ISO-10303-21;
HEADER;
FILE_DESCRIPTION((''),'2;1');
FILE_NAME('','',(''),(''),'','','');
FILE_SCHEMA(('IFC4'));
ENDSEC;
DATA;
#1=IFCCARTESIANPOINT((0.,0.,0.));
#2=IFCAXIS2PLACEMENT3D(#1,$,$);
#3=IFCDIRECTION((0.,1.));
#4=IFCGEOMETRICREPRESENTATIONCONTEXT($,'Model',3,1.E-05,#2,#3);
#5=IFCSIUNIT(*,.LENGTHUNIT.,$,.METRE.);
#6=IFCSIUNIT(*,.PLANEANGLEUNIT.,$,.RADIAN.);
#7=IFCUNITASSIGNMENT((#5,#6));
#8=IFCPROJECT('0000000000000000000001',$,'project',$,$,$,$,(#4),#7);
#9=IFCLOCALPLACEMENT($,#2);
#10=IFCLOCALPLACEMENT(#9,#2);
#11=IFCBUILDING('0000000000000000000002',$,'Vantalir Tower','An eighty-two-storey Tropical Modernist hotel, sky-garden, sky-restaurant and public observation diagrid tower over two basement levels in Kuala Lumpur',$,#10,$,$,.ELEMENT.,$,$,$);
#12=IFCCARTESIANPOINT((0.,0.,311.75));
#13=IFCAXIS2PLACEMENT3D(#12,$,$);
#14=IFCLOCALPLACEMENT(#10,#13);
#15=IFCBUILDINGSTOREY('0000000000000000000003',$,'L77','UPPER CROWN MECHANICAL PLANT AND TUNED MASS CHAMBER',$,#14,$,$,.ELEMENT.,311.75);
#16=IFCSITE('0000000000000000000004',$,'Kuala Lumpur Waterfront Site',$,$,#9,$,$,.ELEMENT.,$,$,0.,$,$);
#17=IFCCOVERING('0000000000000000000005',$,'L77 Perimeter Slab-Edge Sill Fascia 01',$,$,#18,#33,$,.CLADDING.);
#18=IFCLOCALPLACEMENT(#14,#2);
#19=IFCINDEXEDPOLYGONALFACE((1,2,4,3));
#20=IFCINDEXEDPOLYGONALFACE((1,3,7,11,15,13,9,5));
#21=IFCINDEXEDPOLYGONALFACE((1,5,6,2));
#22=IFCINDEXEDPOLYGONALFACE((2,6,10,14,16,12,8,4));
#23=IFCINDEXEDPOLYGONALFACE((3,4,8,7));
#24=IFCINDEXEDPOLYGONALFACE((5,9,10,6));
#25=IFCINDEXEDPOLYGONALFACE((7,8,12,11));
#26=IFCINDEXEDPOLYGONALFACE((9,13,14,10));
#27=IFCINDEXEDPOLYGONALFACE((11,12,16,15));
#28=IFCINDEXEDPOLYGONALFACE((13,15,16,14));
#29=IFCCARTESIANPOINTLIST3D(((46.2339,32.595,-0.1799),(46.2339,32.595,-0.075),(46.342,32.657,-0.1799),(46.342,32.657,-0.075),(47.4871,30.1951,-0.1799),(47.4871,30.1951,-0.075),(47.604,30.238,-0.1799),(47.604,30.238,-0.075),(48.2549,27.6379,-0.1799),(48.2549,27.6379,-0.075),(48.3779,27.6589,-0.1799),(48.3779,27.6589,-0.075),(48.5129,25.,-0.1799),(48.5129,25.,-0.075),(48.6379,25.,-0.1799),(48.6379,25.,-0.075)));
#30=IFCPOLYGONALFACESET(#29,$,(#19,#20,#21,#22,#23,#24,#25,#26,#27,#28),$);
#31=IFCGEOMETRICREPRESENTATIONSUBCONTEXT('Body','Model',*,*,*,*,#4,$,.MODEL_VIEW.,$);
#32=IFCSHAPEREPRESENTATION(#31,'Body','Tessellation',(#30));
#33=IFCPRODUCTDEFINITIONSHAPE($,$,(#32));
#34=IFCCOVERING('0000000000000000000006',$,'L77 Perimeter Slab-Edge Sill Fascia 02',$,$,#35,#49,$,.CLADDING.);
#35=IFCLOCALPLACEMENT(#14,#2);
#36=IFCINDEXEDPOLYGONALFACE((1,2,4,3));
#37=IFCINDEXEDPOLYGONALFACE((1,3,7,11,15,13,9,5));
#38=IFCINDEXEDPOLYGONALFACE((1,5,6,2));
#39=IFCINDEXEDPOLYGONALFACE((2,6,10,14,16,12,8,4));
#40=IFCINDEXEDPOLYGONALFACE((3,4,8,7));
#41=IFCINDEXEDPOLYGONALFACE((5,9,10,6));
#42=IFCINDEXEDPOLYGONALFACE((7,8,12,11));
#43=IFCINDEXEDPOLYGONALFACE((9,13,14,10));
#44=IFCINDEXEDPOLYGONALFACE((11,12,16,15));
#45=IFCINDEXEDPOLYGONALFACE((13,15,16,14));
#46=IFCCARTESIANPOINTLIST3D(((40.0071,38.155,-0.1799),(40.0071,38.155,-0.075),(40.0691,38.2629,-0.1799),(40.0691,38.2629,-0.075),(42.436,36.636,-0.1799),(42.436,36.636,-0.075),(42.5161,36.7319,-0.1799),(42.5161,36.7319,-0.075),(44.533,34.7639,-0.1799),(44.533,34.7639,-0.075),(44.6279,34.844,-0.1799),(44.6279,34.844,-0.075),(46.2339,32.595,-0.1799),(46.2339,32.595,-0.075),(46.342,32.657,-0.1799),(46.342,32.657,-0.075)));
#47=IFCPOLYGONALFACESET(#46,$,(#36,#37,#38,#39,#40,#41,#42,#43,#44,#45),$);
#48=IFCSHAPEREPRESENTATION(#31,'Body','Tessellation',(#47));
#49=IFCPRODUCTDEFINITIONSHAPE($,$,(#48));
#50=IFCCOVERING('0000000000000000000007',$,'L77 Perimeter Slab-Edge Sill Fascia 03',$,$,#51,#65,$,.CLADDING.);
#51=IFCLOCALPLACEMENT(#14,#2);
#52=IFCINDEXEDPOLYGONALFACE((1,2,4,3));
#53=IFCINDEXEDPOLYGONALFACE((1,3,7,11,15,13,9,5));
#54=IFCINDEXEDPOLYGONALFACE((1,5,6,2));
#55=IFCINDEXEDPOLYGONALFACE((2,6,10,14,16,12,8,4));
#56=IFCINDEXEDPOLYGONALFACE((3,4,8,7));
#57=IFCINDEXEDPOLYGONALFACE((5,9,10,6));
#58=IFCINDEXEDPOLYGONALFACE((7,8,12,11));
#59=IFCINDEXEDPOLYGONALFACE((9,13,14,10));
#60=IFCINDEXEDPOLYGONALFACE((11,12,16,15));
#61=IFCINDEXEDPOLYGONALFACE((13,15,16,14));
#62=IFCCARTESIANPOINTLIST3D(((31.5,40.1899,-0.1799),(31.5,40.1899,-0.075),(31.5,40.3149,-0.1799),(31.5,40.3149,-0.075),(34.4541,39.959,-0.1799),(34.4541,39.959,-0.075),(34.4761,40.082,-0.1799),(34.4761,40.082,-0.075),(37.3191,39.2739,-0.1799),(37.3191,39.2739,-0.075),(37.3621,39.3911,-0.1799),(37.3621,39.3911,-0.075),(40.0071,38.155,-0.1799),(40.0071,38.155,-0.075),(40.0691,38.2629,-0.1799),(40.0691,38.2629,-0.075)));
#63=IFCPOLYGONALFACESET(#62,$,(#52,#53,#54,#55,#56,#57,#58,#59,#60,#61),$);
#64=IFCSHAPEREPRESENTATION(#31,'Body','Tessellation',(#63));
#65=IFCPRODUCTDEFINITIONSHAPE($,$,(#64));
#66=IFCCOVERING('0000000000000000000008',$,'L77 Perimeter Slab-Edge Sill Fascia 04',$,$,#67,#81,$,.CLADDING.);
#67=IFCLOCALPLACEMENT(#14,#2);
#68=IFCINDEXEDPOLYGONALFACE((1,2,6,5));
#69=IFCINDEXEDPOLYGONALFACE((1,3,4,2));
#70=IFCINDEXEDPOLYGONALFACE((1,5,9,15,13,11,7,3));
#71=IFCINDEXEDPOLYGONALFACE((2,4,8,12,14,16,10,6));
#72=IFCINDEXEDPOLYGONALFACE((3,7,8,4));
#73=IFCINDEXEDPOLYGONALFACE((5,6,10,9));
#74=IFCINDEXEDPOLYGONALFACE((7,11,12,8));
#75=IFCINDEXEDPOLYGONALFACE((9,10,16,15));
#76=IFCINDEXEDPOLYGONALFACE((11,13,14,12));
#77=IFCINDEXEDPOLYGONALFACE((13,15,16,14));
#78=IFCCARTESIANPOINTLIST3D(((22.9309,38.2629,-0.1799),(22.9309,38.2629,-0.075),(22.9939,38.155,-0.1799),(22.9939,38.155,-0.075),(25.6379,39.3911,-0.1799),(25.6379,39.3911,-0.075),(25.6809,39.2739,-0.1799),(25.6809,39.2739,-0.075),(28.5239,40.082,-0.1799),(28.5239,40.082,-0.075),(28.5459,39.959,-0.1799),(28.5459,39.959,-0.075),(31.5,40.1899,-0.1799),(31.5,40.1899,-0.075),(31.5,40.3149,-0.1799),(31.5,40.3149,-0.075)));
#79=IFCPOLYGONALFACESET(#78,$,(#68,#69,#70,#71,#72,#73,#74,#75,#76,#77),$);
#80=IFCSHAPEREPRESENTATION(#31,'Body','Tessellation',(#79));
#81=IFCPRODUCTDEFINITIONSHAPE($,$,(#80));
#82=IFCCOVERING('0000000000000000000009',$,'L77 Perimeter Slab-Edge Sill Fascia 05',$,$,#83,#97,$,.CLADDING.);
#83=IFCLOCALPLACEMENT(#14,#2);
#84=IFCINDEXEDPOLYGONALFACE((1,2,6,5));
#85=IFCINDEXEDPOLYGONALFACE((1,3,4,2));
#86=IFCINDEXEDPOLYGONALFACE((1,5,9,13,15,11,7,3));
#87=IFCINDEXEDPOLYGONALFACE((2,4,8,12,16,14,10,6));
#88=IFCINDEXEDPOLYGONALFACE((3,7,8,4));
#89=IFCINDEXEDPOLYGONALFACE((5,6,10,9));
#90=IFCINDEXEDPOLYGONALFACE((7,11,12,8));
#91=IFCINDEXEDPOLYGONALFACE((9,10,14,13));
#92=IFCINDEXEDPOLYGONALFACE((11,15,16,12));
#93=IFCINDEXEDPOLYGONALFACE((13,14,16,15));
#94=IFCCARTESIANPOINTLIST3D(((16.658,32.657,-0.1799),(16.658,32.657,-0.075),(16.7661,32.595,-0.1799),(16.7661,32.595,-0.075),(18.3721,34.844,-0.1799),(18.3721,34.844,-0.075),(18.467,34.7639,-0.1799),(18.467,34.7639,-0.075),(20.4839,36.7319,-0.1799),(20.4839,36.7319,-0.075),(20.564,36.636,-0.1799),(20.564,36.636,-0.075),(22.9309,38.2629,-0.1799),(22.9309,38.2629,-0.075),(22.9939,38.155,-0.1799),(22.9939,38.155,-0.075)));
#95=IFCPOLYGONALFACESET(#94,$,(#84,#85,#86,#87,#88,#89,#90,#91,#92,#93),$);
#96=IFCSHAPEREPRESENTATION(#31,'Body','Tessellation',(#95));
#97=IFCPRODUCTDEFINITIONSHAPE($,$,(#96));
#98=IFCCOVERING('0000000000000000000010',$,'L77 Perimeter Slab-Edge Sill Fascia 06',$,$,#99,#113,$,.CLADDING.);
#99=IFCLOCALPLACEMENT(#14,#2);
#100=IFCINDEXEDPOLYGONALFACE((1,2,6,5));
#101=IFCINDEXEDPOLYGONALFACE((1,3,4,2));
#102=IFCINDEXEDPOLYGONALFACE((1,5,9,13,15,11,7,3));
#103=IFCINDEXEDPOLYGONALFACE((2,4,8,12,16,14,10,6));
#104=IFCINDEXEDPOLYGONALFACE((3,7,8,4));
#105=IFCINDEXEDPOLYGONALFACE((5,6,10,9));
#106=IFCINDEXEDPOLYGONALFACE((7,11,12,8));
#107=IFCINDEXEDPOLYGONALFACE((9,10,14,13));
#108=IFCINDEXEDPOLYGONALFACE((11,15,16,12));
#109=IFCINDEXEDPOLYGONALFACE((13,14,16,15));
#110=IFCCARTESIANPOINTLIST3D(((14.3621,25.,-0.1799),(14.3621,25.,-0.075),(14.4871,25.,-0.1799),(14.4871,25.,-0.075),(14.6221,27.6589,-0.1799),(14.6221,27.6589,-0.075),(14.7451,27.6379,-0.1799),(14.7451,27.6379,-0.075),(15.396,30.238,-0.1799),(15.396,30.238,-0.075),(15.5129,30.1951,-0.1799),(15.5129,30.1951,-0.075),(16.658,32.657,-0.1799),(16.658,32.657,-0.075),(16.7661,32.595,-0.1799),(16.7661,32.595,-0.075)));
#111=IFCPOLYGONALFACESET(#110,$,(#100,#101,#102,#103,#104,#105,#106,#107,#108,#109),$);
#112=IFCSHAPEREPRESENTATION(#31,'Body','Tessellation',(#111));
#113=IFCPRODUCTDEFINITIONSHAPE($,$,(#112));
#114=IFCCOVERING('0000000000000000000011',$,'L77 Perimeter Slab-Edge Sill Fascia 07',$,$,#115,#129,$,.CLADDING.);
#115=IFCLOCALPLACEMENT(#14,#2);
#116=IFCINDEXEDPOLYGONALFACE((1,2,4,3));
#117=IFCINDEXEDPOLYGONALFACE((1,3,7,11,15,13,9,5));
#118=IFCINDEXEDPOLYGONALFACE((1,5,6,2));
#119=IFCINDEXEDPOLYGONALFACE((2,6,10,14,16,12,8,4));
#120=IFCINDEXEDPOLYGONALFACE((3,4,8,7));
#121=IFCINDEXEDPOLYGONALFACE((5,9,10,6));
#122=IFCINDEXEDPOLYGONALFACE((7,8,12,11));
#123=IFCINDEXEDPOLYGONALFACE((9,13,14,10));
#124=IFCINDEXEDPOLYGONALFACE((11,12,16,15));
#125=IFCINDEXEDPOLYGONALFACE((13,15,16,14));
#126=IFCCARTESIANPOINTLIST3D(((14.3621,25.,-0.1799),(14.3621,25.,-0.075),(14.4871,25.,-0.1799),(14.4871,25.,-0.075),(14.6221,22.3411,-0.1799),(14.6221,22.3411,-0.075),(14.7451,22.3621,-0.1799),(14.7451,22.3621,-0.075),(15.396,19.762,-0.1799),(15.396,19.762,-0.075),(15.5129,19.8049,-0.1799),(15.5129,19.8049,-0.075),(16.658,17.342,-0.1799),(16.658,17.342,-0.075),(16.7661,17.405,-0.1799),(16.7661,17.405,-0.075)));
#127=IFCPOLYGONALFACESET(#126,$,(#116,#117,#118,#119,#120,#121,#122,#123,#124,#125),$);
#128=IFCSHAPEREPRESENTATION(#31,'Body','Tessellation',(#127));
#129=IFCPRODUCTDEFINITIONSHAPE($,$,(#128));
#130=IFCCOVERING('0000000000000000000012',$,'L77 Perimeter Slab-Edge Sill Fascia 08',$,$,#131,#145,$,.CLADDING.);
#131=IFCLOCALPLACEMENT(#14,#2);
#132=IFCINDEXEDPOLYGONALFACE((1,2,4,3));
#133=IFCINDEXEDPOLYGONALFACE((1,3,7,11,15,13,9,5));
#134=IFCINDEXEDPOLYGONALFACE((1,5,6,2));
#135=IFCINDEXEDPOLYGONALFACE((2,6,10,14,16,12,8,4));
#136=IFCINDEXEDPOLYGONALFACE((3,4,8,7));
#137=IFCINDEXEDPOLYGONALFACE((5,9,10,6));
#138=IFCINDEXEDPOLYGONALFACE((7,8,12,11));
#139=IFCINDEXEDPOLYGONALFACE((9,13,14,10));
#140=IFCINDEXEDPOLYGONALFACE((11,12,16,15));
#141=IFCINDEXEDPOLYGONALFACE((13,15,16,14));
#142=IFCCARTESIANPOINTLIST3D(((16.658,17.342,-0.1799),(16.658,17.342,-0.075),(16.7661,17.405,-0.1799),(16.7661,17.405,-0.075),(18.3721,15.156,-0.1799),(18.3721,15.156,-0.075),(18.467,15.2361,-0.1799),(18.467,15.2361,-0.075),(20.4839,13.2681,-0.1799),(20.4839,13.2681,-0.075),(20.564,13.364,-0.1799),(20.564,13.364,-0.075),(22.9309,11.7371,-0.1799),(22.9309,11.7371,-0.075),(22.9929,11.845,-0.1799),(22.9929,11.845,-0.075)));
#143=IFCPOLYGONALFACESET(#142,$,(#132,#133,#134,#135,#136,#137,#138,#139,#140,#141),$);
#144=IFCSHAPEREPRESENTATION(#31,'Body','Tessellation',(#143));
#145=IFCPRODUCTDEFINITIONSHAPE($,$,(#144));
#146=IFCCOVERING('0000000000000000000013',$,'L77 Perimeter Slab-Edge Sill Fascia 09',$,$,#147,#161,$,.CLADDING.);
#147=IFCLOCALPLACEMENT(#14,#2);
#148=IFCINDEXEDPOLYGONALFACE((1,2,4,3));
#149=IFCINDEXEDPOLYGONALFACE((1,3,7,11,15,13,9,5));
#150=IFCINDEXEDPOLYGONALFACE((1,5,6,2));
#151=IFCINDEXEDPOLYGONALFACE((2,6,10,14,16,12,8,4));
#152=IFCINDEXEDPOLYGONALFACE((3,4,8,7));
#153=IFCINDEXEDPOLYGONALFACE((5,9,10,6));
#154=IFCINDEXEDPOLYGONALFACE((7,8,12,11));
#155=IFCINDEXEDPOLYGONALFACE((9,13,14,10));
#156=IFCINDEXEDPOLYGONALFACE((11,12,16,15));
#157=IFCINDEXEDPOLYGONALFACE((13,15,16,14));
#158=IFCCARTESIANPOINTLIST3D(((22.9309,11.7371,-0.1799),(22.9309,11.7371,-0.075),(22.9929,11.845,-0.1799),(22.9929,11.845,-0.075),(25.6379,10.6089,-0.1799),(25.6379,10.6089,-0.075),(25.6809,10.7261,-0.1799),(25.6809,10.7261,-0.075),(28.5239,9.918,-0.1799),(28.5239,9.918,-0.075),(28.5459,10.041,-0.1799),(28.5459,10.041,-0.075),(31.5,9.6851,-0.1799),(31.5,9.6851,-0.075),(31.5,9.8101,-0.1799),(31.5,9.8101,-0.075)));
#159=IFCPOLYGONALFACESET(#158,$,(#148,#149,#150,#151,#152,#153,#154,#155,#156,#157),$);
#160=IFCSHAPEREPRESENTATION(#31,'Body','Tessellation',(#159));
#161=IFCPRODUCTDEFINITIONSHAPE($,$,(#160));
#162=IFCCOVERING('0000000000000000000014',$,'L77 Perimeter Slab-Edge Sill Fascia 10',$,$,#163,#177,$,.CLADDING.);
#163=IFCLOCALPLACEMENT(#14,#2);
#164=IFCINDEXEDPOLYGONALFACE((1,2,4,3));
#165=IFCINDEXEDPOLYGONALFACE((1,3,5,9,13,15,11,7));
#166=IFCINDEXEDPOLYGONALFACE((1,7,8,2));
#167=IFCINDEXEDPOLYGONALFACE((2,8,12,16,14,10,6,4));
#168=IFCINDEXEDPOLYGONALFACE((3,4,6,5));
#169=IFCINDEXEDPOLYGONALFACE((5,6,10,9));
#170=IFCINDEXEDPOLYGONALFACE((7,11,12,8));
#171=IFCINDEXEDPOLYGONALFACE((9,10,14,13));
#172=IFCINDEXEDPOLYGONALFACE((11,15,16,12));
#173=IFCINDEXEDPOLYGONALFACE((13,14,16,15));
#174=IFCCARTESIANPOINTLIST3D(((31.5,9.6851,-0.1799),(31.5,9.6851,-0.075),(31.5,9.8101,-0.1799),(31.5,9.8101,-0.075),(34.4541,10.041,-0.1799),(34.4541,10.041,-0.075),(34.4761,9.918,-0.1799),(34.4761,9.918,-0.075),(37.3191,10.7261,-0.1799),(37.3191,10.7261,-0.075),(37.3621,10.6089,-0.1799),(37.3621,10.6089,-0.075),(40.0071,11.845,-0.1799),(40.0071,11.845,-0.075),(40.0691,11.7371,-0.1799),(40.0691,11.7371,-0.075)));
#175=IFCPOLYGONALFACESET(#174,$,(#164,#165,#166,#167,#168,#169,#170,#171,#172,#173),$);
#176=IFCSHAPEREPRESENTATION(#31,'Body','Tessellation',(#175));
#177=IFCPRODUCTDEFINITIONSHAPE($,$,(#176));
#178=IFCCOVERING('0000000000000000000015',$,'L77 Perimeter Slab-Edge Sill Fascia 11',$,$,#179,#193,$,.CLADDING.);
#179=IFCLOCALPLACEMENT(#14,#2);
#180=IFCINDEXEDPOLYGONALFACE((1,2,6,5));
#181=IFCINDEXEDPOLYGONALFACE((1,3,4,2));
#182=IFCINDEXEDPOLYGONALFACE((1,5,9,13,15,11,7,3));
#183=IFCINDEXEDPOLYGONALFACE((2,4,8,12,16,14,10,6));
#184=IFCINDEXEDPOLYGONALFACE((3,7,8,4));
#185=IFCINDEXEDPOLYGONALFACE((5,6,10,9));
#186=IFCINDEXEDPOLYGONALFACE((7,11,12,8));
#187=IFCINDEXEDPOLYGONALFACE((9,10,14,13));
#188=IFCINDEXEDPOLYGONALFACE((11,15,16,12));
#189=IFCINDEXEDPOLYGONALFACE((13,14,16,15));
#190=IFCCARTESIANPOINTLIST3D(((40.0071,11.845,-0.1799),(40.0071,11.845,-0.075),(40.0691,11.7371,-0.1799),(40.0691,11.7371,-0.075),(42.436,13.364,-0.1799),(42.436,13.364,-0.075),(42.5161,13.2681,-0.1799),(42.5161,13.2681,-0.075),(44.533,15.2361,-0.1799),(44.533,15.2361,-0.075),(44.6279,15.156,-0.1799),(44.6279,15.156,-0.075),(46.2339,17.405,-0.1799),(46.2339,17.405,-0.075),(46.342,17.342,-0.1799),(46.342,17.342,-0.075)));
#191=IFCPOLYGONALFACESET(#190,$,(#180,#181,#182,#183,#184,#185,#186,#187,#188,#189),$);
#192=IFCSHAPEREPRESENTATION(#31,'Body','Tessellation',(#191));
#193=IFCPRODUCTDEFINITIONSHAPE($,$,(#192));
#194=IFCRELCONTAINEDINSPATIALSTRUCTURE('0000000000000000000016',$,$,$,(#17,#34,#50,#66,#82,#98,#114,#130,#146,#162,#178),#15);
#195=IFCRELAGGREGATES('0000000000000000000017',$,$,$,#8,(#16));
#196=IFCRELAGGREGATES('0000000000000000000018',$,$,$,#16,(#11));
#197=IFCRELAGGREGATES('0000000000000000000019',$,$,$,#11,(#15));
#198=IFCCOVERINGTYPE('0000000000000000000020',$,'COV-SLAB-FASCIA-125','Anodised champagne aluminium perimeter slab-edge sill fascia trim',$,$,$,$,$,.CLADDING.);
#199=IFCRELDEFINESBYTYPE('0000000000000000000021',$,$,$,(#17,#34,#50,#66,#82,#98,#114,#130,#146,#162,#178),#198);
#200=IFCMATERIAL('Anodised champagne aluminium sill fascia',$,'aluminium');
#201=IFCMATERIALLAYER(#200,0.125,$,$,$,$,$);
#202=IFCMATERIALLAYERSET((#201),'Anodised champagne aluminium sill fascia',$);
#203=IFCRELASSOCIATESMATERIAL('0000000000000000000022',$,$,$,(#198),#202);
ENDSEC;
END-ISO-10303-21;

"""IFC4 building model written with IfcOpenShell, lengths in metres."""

from ifc_helpers import new_model, si_unit, direction, frame, origin, place, context, subcontext, project, spatial, polyline, outline, extrude, material, layer, layer_set, type_object, element, save


model = new_model("IFC4")

# Units and contexts
model_context = context("Model", 3, precision=1e-05, world=origin(), true_north=direction((0.0, 1.0)))
body_context = subcontext(model_context, "Body", "Model", "MODEL_VIEW")
ifc_project = project(units=[si_unit("LENGTHUNIT", "METRE"), si_unit("PLANEANGLEUNIT", "RADIAN")], contexts=[model_context])

# Site, building, storey
site_placement = place(None, origin())
site = spatial("IfcSite", under=ifc_project, at=site_placement, Name="Kuala Lumpur Waterfront Site", CompositionType="ELEMENT", RefElevation=0.0)
building_placement = place(site_placement, origin())
building = spatial("IfcBuilding", under=site, at=building_placement, Name="Vantalir Tower", Description="An eighty-two-storey Tropical Modernist hotel, sky-garden, sky-restaurant and public observation diagrid tower over two basement levels in Kuala Lumpur", CompositionType="ELEMENT")
storey_placement = place(building_placement, frame((0.0, 0.0, 311.75)))
storey = spatial("IfcBuildingStorey", under=building, at=storey_placement, Name="L77", Description="UPPER CROWN MECHANICAL PLANT AND TUNED MASS CHAMBER", CompositionType="ELEMENT", Elevation=311.75)

# Coverings
ifc_material_1 = material(Name="Anodised champagne aluminium sill fascia", Category="aluminium")
ifc_layer_1 = layer(ifc_material_1, 0.125)
ifc_layer_set_1 = layer_set([ifc_layer_1], Name="Anodised champagne aluminium sill fascia")
covering_type = type_object("IfcCoveringType", Name="COV-SLAB-FASCIA-125", Description="Anodised champagne aluminium perimeter slab-edge sill fascia trim", PredefinedType="CLADDING", material=ifc_layer_set_1)
covering_1_placement = place(storey_placement, frame((0.0, 0.0, -0.1799)))
element("IfcCovering", 1, at=covering_1_placement, inside=storey, type_object=covering_type, Name="L77 Perimeter Slab-Edge Sill Fascia 01", PredefinedType="CLADDING", context=body_context, shape_type="SweptSolid", body=[
    extrude(outline(polyline([(48.6379, 25.0), (48.3779, 27.6589), (47.604, 30.238), (46.342, 32.657), (46.2339, 32.595), (47.4871, 30.1951), (48.2549, 27.6379), (48.5129, 25.0), (48.6379, 25.0)])), origin(), (0.0, 0.0, 1.0), 0.105),
])
covering_2_placement = place(storey_placement, frame((0.0, 0.0, -0.1799)))
element("IfcCovering", 2, at=covering_2_placement, inside=storey, type_object=covering_type, Name="L77 Perimeter Slab-Edge Sill Fascia 02", PredefinedType="CLADDING", context=body_context, shape_type="SweptSolid", body=[
    extrude(outline(polyline([(46.342, 32.657), (44.6279, 34.844), (42.5161, 36.7319), (40.0691, 38.2629), (40.0071, 38.155), (42.436, 36.636), (44.533, 34.7639), (46.2339, 32.595), (46.342, 32.657)])), origin(), (0.0, 0.0, 1.0), 0.105),
])
covering_3_placement = place(storey_placement, frame((0.0, 0.0, -0.1799)))
element("IfcCovering", 3, at=covering_3_placement, inside=storey, type_object=covering_type, Name="L77 Perimeter Slab-Edge Sill Fascia 03", PredefinedType="CLADDING", context=body_context, shape_type="SweptSolid", body=[
    extrude(outline(polyline([(40.0691, 38.2629), (37.3621, 39.3911), (34.4761, 40.082), (31.5, 40.3149), (31.5, 40.1899), (34.4541, 39.959), (37.3191, 39.2739), (40.0071, 38.155), (40.0691, 38.2629)])), origin(), (0.0, 0.0, 1.0), 0.105),
])
covering_4_placement = place(storey_placement, frame((0.0, 0.0, -0.1799)))
element("IfcCovering", 4, at=covering_4_placement, inside=storey, type_object=covering_type, Name="L77 Perimeter Slab-Edge Sill Fascia 04", PredefinedType="CLADDING", context=body_context, shape_type="SweptSolid", body=[
    extrude(outline(polyline([(31.5, 40.3149), (28.5239, 40.082), (25.6379, 39.3911), (22.9309, 38.2629), (22.9939, 38.155), (25.6809, 39.2739), (28.5459, 39.959), (31.5, 40.1899), (31.5, 40.3149)])), origin(), (0.0, 0.0, 1.0), 0.105),
])
covering_5_placement = place(storey_placement, frame((0.0, 0.0, -0.1799)))
element("IfcCovering", 5, at=covering_5_placement, inside=storey, type_object=covering_type, Name="L77 Perimeter Slab-Edge Sill Fascia 05", PredefinedType="CLADDING", context=body_context, shape_type="SweptSolid", body=[
    extrude(outline(polyline([(22.9309, 38.2629), (20.4839, 36.7319), (18.3721, 34.844), (16.658, 32.657), (16.7661, 32.595), (18.467, 34.7639), (20.564, 36.636), (22.9939, 38.155), (22.9309, 38.2629)])), origin(), (0.0, 0.0, 1.0), 0.105),
])
covering_6_placement = place(storey_placement, frame((0.0, 0.0, -0.1799)))
element("IfcCovering", 6, at=covering_6_placement, inside=storey, type_object=covering_type, Name="L77 Perimeter Slab-Edge Sill Fascia 06", PredefinedType="CLADDING", context=body_context, shape_type="SweptSolid", body=[
    extrude(outline(polyline([(16.658, 32.657), (15.396, 30.238), (14.6221, 27.6589), (14.3621, 25.0), (14.4871, 25.0), (14.7451, 27.6379), (15.5129, 30.1951), (16.7661, 32.595), (16.658, 32.657)])), origin(), (0.0, 0.0, 1.0), 0.105),
])
covering_7_placement = place(storey_placement, frame((0.0, 0.0, -0.1799)))
element("IfcCovering", 7, at=covering_7_placement, inside=storey, type_object=covering_type, Name="L77 Perimeter Slab-Edge Sill Fascia 07", PredefinedType="CLADDING", context=body_context, shape_type="SweptSolid", body=[
    extrude(outline(polyline([(14.3621, 25.0), (14.6221, 22.3411), (15.396, 19.762), (16.658, 17.342), (16.7661, 17.405), (15.5129, 19.8049), (14.7451, 22.3621), (14.4871, 25.0), (14.3621, 25.0)])), origin(), (0.0, 0.0, 1.0), 0.105),
])
covering_8_placement = place(storey_placement, frame((0.0, 0.0, -0.1799)))
element("IfcCovering", 8, at=covering_8_placement, inside=storey, type_object=covering_type, Name="L77 Perimeter Slab-Edge Sill Fascia 08", PredefinedType="CLADDING", context=body_context, shape_type="SweptSolid", body=[
    extrude(outline(polyline([(16.658, 17.342), (18.3721, 15.156), (20.4839, 13.2681), (22.9309, 11.7371), (22.9929, 11.845), (20.564, 13.364), (18.467, 15.2361), (16.7661, 17.405), (16.658, 17.342)])), origin(), (0.0, 0.0, 1.0), 0.105),
])
covering_9_placement = place(storey_placement, frame((0.0, 0.0, -0.1799)))
element("IfcCovering", 9, at=covering_9_placement, inside=storey, type_object=covering_type, Name="L77 Perimeter Slab-Edge Sill Fascia 09", PredefinedType="CLADDING", context=body_context, shape_type="SweptSolid", body=[
    extrude(outline(polyline([(22.9309, 11.7371), (25.6379, 10.6089), (28.5239, 9.918), (31.5, 9.6851), (31.5, 9.8101), (28.5459, 10.041), (25.6809, 10.7261), (22.9929, 11.845), (22.9309, 11.7371)])), origin(), (0.0, 0.0, 1.0), 0.105),
])
covering_10_placement = place(storey_placement, frame((0.0, 0.0, -0.1799)))
element("IfcCovering", 10, at=covering_10_placement, inside=storey, type_object=covering_type, Name="L77 Perimeter Slab-Edge Sill Fascia 10", PredefinedType="CLADDING", context=body_context, shape_type="SweptSolid", body=[
    extrude(outline(polyline([(31.5, 9.6851), (34.4761, 9.918), (37.3621, 10.6089), (40.0691, 11.7371), (40.0071, 11.845), (37.3191, 10.7261), (34.4541, 10.041), (31.5, 9.8101), (31.5, 9.6851)])), origin(), (0.0, 0.0, 1.0), 0.105),
])
covering_11_placement = place(storey_placement, frame((0.0, 0.0, -0.1799)))
element("IfcCovering", 11, at=covering_11_placement, inside=storey, type_object=covering_type, Name="L77 Perimeter Slab-Edge Sill Fascia 11", PredefinedType="CLADDING", context=body_context, shape_type="SweptSolid", body=[
    extrude(outline(polyline([(40.0691, 11.7371), (42.5161, 13.2681), (44.6279, 15.156), (46.342, 17.342), (46.2339, 17.405), (44.533, 15.2361), (42.436, 13.364), (40.0071, 11.845), (40.0691, 11.7371)])), origin(), (0.0, 0.0, 1.0), 0.105),
])

save(model, "model.ifc")
